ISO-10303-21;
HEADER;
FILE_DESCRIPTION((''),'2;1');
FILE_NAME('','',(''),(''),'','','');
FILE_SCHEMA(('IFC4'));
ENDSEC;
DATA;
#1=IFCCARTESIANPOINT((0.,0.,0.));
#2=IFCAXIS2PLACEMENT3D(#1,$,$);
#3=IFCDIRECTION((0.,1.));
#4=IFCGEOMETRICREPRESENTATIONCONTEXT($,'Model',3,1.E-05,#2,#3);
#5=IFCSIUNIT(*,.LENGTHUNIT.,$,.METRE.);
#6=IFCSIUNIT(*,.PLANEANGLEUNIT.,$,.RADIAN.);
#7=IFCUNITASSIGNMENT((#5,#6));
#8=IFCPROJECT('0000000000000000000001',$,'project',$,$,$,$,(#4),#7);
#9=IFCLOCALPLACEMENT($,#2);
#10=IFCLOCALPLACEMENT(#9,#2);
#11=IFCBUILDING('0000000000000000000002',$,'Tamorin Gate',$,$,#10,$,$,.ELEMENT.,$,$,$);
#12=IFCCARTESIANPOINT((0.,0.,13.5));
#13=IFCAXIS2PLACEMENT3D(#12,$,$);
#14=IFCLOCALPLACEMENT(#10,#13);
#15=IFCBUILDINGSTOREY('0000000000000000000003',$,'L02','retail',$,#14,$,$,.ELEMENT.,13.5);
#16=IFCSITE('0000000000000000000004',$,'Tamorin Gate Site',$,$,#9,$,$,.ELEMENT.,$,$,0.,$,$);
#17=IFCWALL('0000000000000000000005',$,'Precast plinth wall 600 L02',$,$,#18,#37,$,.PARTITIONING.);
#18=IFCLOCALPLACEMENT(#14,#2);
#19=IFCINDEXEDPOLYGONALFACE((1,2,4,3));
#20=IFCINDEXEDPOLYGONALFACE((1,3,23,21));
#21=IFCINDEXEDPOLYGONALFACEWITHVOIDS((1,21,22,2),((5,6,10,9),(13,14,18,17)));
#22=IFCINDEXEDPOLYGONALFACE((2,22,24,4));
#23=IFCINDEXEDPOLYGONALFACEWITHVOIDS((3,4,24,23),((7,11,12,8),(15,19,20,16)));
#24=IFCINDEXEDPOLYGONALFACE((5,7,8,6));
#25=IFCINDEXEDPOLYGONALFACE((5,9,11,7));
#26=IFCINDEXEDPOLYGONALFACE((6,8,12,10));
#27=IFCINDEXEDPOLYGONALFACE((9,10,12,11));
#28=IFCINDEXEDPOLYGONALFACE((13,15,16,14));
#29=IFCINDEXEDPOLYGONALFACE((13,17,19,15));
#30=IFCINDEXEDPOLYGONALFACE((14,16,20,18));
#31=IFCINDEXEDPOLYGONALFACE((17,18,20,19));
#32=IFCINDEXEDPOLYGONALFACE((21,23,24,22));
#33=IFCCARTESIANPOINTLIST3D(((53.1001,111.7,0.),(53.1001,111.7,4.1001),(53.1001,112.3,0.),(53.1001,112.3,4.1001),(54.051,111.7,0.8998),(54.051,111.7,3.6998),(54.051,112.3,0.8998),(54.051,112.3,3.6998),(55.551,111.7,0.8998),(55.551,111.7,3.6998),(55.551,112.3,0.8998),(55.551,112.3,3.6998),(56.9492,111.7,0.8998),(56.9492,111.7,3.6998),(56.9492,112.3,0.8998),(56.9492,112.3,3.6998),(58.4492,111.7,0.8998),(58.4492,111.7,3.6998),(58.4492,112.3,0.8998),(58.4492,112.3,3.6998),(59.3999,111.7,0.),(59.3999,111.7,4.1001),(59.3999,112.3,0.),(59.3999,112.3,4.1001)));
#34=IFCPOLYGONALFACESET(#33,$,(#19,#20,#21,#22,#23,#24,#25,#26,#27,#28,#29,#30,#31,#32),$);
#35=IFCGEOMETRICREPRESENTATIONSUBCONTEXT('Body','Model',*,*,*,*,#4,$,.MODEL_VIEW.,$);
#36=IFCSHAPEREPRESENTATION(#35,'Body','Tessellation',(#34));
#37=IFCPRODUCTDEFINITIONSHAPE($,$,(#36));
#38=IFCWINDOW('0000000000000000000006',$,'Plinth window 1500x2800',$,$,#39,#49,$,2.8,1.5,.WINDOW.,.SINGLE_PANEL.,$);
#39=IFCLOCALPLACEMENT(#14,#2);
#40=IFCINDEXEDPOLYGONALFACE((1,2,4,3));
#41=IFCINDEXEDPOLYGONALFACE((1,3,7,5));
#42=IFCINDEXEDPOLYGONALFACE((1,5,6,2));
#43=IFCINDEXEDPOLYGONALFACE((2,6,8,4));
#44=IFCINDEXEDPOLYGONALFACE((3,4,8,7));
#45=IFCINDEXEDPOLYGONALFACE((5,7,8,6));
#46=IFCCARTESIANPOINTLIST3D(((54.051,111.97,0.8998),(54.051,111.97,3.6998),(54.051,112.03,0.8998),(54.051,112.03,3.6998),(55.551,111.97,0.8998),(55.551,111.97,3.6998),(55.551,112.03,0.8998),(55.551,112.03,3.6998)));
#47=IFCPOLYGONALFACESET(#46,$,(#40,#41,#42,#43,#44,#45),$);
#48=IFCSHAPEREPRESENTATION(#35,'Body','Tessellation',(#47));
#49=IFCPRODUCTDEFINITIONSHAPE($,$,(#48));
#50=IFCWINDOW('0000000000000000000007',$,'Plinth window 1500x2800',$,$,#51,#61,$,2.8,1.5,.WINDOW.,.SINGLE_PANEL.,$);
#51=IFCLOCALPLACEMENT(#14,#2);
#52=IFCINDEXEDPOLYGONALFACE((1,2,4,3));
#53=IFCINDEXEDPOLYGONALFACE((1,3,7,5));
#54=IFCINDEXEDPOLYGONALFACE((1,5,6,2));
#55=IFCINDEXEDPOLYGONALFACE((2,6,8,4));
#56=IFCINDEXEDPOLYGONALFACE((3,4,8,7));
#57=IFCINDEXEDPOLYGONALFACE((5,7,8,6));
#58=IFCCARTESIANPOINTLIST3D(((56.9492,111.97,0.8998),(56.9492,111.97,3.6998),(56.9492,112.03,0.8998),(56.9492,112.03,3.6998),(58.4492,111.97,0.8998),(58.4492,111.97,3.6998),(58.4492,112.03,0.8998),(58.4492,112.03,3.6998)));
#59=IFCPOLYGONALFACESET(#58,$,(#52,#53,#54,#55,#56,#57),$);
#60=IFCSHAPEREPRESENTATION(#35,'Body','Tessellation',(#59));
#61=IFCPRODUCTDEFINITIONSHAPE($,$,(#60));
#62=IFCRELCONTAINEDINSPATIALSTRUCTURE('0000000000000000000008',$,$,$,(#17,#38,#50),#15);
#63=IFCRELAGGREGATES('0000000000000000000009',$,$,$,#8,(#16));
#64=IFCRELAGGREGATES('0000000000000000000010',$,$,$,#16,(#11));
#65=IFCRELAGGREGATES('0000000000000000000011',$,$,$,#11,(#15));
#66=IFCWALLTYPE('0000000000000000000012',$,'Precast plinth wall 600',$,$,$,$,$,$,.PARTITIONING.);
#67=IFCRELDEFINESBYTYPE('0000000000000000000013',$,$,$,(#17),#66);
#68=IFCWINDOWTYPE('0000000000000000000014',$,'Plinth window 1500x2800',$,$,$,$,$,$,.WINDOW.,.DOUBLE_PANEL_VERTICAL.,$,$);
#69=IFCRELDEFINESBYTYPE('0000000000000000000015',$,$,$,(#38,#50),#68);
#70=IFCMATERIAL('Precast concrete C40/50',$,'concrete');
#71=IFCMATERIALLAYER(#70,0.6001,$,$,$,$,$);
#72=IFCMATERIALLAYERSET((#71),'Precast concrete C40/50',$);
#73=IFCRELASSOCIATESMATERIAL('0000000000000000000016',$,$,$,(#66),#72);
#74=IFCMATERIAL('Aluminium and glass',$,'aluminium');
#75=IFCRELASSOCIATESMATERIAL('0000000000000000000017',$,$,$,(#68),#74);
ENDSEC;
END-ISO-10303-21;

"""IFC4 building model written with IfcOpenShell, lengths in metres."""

from ifc_helpers import new_model, si_unit, direction, frame, frame_2d, origin, place, context, subcontext, project, spatial, rectangle, extrude, material, layer, layer_set, type_object, element, fill, save


model = new_model("IFC4")

# Units and contexts
model_context = context("Model", 3, precision=1e-05, world=origin(), true_north=direction((0.0, 1.0)))
body_context = subcontext(model_context, "Body", "Model", "MODEL_VIEW")
ifc_project = project(units=[si_unit("LENGTHUNIT", "METRE"), si_unit("PLANEANGLEUNIT", "RADIAN")], contexts=[model_context])

# Site, building, storey
site_placement = place(None, origin())
site = spatial("IfcSite", under=ifc_project, at=site_placement, Name="Tamorin Gate Site", CompositionType="ELEMENT", RefElevation=0.0)
building_placement = place(site_placement, origin())
building = spatial("IfcBuilding", under=site, at=building_placement, Name="Tamorin Gate", CompositionType="ELEMENT")
storey_placement = place(building_placement, frame((0.0, 0.0, 13.5)))
storey = spatial("IfcBuildingStorey", under=building, at=storey_placement, Name="L02", Description="retail", CompositionType="ELEMENT", Elevation=13.5)

# Wall, openings, windows
ifc_material_1 = material(Name="Precast concrete C40/50", Category="concrete")
ifc_layer_1 = layer(ifc_material_1, 0.6001)
ifc_layer_set_1 = layer_set([ifc_layer_1], Name="Precast concrete C40/50")
wall_type_1 = type_object("IfcWallType", Name="Precast plinth wall 600", PredefinedType="PARTITIONING", material=ifc_layer_set_1)
ifc_material_2 = material(Name="Aluminium and glass", Category="aluminium")
window_type = type_object("IfcWindowType", Name="Plinth window 1500x2800", PartitioningType="DOUBLE_PANEL_VERTICAL", PredefinedType="WINDOW", material=ifc_material_2)
wall_1_placement = place(storey_placement, frame((53.1001, 112.0, 0.0), z_axis=(0.0, 0.0, 1.0), x_axis=(1.0, 0.0, 0.0)))
wall_1 = element("IfcWall", 1, at=wall_1_placement, inside=storey, type_object=wall_type_1, Name="Precast plinth wall 600 L02", PredefinedType="PARTITIONING", context=body_context, shape_type="SweptSolid", body=[
    extrude(rectangle(XDim=6.2998, YDim=0.6001, at=frame_2d((3.1499, 0.0))), origin(), (0.0, 0.0, 1.0), 4.1001),
])
opening_1_placement = place(wall_1_placement, frame((0.9509, 0.0, 0.8999)))
opening_1 = element("IfcOpeningElement", 2, at=opening_1_placement, cuts=wall_1, PredefinedType="OPENING", context=body_context, shape_type="SweptSolid", body=[
    extrude(rectangle(XDim=1.5, YDim=2.8, at=frame_2d((0.75, 1.3999))), frame((0.0, 0.3101, 0.0), z_axis=(0.0, -1.0, 0.0), x_axis=(1.0, 0.0, 0.0)), (0.0, 0.0, 1.0), 0.6201),
])
opening_2_placement = place(wall_1_placement, frame((3.8491, 0.0, 0.8999)))
opening_2 = element("IfcOpeningElement", 3, at=opening_2_placement, cuts=wall_1, PredefinedType="OPENING", context=body_context, shape_type="SweptSolid", body=[
    extrude(rectangle(XDim=1.5, YDim=2.8, at=frame_2d((0.75, 1.3999))), frame((0.0, 0.3101, 0.0), z_axis=(0.0, -1.0, 0.0), x_axis=(1.0, 0.0, 0.0)), (0.0, 0.0, 1.0), 0.6201),
])
window_1_placement = place(opening_1_placement, origin())
window_1 = element("IfcWindow", 4, at=window_1_placement, inside=storey, type_object=window_type, Name="Plinth window 1500x2800", OverallHeight=2.8, OverallWidth=1.5, PartitioningType="SINGLE_PANEL", PredefinedType="WINDOW", context=body_context, shape_type="SweptSolid", body=[
    extrude(rectangle(XDim=1.5, YDim=2.8, at=frame_2d((0.75, 1.3999))), frame((0.0, 0.03, 0.0), z_axis=(0.0, -1.0, 0.0), x_axis=(1.0, 0.0, 0.0)), (0.0, 0.0, 1.0), 0.0601),
])
fill(opening_1, window_1)
window_2_placement = place(opening_2_placement, origin())
window_2 = element("IfcWindow", 5, at=window_2_placement, inside=storey, type_object=window_type, Name="Plinth window 1500x2800", OverallHeight=2.8, OverallWidth=1.5, PartitioningType="SINGLE_PANEL", PredefinedType="WINDOW", context=body_context, shape_type="SweptSolid", body=[
    extrude(rectangle(XDim=1.5, YDim=2.8, at=frame_2d((0.75, 1.3999))), frame((0.0, 0.03, 0.0), z_axis=(0.0, -1.0, 0.0), x_axis=(1.0, 0.0, 0.0)), (0.0, 0.0, 1.0), 0.0601),
])
fill(opening_2, window_2)

save(model, "model.ifc")
